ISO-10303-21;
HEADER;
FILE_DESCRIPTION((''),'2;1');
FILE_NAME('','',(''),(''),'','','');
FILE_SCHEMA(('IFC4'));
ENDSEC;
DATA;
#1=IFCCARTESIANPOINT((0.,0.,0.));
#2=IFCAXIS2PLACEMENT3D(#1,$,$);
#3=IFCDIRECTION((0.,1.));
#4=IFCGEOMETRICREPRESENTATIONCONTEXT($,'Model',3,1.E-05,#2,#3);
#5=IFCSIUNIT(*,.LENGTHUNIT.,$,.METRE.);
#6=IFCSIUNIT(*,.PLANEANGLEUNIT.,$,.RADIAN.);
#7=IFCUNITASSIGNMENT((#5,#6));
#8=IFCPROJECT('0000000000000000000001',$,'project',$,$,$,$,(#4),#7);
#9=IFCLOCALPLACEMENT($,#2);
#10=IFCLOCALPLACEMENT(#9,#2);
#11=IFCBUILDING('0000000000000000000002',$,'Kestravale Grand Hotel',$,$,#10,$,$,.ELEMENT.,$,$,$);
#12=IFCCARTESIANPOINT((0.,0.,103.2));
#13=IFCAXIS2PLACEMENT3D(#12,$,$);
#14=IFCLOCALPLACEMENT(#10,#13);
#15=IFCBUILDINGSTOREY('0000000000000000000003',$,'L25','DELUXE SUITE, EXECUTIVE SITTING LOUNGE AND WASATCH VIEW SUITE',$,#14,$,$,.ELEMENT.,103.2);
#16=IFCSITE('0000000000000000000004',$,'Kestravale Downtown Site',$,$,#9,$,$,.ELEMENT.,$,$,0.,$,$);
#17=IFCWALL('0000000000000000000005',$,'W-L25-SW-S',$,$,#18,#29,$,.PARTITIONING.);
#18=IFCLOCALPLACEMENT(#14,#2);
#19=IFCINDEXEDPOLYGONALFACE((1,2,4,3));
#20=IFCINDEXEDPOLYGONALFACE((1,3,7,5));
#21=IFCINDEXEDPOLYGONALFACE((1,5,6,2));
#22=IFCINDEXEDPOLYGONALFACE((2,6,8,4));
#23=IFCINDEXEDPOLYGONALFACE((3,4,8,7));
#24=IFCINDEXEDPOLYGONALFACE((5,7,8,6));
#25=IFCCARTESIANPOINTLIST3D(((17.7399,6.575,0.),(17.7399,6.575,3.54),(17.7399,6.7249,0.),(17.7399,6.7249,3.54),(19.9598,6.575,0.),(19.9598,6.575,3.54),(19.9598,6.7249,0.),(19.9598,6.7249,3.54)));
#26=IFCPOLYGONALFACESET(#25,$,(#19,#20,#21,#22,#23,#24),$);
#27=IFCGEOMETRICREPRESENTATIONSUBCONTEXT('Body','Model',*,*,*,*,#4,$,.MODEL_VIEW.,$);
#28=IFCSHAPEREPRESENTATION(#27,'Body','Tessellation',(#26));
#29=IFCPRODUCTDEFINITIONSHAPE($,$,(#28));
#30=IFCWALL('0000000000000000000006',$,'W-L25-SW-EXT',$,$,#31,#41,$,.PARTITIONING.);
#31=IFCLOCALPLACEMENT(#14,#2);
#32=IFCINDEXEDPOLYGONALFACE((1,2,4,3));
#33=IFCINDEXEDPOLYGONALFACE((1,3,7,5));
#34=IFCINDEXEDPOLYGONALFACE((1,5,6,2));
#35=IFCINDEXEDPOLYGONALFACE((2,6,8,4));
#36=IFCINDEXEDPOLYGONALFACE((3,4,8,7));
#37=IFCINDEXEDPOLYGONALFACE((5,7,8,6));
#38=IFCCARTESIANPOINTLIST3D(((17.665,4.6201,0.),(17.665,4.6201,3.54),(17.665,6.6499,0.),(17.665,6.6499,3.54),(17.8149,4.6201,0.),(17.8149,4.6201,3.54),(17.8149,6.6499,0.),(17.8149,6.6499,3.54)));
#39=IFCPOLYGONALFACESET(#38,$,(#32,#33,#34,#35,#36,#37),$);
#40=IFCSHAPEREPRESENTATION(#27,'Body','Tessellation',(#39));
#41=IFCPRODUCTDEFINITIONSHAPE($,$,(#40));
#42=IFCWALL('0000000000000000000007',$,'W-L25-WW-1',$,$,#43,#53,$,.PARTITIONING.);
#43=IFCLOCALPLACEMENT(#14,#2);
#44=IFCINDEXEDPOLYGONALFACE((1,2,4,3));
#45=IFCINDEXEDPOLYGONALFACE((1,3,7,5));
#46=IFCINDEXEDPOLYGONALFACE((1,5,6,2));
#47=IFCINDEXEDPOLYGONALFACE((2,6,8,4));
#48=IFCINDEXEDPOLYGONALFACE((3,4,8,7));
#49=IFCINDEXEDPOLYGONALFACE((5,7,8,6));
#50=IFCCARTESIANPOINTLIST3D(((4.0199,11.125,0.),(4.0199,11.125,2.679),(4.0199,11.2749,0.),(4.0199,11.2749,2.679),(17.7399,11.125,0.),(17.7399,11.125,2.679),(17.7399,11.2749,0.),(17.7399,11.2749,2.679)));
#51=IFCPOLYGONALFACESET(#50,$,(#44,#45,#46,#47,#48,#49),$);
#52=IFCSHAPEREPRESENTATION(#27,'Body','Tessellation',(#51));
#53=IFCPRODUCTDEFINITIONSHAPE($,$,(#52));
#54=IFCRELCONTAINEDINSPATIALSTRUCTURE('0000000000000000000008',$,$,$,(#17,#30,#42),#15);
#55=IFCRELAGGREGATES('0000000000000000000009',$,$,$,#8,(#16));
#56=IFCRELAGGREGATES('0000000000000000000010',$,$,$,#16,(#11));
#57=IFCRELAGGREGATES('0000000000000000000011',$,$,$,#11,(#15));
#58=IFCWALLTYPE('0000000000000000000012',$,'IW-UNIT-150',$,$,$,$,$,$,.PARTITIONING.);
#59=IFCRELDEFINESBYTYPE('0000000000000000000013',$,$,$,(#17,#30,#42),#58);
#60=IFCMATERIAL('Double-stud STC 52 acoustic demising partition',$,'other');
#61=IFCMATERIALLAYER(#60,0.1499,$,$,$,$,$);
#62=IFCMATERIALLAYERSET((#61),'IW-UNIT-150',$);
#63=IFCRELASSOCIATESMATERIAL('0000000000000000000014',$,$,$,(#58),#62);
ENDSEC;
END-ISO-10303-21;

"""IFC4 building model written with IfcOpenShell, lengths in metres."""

from ifc_helpers import new_model, si_unit, direction, frame, frame_2d, origin, place, context, subcontext, project, spatial, rectangle, extrude, material, layer, layer_set, type_object, element, save


model = new_model("IFC4")

# Units and contexts
model_context = context("Model", 3, precision=1e-05, world=origin(), true_north=direction((0.0, 1.0)))
body_context = subcontext(model_context, "Body", "Model", "MODEL_VIEW")
ifc_project = project(units=[si_unit("LENGTHUNIT", "METRE"), si_unit("PLANEANGLEUNIT", "RADIAN")], contexts=[model_context])

# Site, building, storey
site_placement = place(None, origin())
site = spatial("IfcSite", under=ifc_project, at=site_placement, Name="Kestravale Downtown Site", CompositionType="ELEMENT", RefElevation=0.0)
building_placement = place(site_placement, origin())
building = spatial("IfcBuilding", under=site, at=building_placement, Name="Kestravale Grand Hotel", CompositionType="ELEMENT")
storey_placement = place(building_placement, frame((0.0, 0.0, 103.2)))
storey = spatial("IfcBuildingStorey", under=building, at=storey_placement, Name="L25", Description="DELUXE SUITE, EXECUTIVE SITTING LOUNGE AND WASATCH VIEW SUITE", CompositionType="ELEMENT", Elevation=103.2)

# Walls
ifc_material_1 = material(Name="Double-stud STC 52 acoustic demising partition", Category="other")
ifc_layer_1 = layer(ifc_material_1, 0.1499)
ifc_layer_set_1 = layer_set([ifc_layer_1], Name="IW-UNIT-150")
wall_type_1 = type_object("IfcWallType", Name="IW-UNIT-150", PredefinedType="PARTITIONING", material=ifc_layer_set_1)
wall_1_placement = place(storey_placement, frame((17.74, 6.6499, 0.0), z_axis=(0.0, 0.0, 1.0), x_axis=(1.0, 0.0, 0.0)))
element("IfcWall", 1, at=wall_1_placement, inside=storey, type_object=wall_type_1, Name="W-L25-SW-S", PredefinedType="PARTITIONING", context=body_context, shape_type="SweptSolid", body=[
    extrude(rectangle(XDim=2.22, YDim=0.1499, at=frame_2d((1.1099, 0.0))), origin(), (0.0, 0.0, 1.0), 3.54),
])
wall_2_placement = place(storey_placement, frame((17.74, 4.6201, 0.0), z_axis=(0.0, 0.0, 1.0), x_axis=(0.0, 1.0, 0.0)))
element("IfcWall", 2, at=wall_2_placement, inside=storey, type_object=wall_type_1, Name="W-L25-SW-EXT", PredefinedType="PARTITIONING", context=body_context, shape_type="SweptSolid", body=[
    extrude(rectangle(XDim=2.0298, YDim=0.1499, at=frame_2d((1.0149, 0.0))), origin(), (0.0, 0.0, 1.0), 3.54),
])
wall_3_placement = place(storey_placement, frame((4.02, 11.2, 0.0), z_axis=(0.0, 0.0, 1.0), x_axis=(1.0, 0.0, 0.0)))
element("IfcWall", 3, at=wall_3_placement, inside=storey, type_object=wall_type_1, Name="W-L25-WW-1", PredefinedType="PARTITIONING", context=body_context, shape_type="SweptSolid", body=[
    extrude(rectangle(XDim=13.72, YDim=0.1499, at=frame_2d((6.8599, 0.0))), origin(), (0.0, 0.0, 1.0), 2.679),
])

save(model, "model.ifc")
